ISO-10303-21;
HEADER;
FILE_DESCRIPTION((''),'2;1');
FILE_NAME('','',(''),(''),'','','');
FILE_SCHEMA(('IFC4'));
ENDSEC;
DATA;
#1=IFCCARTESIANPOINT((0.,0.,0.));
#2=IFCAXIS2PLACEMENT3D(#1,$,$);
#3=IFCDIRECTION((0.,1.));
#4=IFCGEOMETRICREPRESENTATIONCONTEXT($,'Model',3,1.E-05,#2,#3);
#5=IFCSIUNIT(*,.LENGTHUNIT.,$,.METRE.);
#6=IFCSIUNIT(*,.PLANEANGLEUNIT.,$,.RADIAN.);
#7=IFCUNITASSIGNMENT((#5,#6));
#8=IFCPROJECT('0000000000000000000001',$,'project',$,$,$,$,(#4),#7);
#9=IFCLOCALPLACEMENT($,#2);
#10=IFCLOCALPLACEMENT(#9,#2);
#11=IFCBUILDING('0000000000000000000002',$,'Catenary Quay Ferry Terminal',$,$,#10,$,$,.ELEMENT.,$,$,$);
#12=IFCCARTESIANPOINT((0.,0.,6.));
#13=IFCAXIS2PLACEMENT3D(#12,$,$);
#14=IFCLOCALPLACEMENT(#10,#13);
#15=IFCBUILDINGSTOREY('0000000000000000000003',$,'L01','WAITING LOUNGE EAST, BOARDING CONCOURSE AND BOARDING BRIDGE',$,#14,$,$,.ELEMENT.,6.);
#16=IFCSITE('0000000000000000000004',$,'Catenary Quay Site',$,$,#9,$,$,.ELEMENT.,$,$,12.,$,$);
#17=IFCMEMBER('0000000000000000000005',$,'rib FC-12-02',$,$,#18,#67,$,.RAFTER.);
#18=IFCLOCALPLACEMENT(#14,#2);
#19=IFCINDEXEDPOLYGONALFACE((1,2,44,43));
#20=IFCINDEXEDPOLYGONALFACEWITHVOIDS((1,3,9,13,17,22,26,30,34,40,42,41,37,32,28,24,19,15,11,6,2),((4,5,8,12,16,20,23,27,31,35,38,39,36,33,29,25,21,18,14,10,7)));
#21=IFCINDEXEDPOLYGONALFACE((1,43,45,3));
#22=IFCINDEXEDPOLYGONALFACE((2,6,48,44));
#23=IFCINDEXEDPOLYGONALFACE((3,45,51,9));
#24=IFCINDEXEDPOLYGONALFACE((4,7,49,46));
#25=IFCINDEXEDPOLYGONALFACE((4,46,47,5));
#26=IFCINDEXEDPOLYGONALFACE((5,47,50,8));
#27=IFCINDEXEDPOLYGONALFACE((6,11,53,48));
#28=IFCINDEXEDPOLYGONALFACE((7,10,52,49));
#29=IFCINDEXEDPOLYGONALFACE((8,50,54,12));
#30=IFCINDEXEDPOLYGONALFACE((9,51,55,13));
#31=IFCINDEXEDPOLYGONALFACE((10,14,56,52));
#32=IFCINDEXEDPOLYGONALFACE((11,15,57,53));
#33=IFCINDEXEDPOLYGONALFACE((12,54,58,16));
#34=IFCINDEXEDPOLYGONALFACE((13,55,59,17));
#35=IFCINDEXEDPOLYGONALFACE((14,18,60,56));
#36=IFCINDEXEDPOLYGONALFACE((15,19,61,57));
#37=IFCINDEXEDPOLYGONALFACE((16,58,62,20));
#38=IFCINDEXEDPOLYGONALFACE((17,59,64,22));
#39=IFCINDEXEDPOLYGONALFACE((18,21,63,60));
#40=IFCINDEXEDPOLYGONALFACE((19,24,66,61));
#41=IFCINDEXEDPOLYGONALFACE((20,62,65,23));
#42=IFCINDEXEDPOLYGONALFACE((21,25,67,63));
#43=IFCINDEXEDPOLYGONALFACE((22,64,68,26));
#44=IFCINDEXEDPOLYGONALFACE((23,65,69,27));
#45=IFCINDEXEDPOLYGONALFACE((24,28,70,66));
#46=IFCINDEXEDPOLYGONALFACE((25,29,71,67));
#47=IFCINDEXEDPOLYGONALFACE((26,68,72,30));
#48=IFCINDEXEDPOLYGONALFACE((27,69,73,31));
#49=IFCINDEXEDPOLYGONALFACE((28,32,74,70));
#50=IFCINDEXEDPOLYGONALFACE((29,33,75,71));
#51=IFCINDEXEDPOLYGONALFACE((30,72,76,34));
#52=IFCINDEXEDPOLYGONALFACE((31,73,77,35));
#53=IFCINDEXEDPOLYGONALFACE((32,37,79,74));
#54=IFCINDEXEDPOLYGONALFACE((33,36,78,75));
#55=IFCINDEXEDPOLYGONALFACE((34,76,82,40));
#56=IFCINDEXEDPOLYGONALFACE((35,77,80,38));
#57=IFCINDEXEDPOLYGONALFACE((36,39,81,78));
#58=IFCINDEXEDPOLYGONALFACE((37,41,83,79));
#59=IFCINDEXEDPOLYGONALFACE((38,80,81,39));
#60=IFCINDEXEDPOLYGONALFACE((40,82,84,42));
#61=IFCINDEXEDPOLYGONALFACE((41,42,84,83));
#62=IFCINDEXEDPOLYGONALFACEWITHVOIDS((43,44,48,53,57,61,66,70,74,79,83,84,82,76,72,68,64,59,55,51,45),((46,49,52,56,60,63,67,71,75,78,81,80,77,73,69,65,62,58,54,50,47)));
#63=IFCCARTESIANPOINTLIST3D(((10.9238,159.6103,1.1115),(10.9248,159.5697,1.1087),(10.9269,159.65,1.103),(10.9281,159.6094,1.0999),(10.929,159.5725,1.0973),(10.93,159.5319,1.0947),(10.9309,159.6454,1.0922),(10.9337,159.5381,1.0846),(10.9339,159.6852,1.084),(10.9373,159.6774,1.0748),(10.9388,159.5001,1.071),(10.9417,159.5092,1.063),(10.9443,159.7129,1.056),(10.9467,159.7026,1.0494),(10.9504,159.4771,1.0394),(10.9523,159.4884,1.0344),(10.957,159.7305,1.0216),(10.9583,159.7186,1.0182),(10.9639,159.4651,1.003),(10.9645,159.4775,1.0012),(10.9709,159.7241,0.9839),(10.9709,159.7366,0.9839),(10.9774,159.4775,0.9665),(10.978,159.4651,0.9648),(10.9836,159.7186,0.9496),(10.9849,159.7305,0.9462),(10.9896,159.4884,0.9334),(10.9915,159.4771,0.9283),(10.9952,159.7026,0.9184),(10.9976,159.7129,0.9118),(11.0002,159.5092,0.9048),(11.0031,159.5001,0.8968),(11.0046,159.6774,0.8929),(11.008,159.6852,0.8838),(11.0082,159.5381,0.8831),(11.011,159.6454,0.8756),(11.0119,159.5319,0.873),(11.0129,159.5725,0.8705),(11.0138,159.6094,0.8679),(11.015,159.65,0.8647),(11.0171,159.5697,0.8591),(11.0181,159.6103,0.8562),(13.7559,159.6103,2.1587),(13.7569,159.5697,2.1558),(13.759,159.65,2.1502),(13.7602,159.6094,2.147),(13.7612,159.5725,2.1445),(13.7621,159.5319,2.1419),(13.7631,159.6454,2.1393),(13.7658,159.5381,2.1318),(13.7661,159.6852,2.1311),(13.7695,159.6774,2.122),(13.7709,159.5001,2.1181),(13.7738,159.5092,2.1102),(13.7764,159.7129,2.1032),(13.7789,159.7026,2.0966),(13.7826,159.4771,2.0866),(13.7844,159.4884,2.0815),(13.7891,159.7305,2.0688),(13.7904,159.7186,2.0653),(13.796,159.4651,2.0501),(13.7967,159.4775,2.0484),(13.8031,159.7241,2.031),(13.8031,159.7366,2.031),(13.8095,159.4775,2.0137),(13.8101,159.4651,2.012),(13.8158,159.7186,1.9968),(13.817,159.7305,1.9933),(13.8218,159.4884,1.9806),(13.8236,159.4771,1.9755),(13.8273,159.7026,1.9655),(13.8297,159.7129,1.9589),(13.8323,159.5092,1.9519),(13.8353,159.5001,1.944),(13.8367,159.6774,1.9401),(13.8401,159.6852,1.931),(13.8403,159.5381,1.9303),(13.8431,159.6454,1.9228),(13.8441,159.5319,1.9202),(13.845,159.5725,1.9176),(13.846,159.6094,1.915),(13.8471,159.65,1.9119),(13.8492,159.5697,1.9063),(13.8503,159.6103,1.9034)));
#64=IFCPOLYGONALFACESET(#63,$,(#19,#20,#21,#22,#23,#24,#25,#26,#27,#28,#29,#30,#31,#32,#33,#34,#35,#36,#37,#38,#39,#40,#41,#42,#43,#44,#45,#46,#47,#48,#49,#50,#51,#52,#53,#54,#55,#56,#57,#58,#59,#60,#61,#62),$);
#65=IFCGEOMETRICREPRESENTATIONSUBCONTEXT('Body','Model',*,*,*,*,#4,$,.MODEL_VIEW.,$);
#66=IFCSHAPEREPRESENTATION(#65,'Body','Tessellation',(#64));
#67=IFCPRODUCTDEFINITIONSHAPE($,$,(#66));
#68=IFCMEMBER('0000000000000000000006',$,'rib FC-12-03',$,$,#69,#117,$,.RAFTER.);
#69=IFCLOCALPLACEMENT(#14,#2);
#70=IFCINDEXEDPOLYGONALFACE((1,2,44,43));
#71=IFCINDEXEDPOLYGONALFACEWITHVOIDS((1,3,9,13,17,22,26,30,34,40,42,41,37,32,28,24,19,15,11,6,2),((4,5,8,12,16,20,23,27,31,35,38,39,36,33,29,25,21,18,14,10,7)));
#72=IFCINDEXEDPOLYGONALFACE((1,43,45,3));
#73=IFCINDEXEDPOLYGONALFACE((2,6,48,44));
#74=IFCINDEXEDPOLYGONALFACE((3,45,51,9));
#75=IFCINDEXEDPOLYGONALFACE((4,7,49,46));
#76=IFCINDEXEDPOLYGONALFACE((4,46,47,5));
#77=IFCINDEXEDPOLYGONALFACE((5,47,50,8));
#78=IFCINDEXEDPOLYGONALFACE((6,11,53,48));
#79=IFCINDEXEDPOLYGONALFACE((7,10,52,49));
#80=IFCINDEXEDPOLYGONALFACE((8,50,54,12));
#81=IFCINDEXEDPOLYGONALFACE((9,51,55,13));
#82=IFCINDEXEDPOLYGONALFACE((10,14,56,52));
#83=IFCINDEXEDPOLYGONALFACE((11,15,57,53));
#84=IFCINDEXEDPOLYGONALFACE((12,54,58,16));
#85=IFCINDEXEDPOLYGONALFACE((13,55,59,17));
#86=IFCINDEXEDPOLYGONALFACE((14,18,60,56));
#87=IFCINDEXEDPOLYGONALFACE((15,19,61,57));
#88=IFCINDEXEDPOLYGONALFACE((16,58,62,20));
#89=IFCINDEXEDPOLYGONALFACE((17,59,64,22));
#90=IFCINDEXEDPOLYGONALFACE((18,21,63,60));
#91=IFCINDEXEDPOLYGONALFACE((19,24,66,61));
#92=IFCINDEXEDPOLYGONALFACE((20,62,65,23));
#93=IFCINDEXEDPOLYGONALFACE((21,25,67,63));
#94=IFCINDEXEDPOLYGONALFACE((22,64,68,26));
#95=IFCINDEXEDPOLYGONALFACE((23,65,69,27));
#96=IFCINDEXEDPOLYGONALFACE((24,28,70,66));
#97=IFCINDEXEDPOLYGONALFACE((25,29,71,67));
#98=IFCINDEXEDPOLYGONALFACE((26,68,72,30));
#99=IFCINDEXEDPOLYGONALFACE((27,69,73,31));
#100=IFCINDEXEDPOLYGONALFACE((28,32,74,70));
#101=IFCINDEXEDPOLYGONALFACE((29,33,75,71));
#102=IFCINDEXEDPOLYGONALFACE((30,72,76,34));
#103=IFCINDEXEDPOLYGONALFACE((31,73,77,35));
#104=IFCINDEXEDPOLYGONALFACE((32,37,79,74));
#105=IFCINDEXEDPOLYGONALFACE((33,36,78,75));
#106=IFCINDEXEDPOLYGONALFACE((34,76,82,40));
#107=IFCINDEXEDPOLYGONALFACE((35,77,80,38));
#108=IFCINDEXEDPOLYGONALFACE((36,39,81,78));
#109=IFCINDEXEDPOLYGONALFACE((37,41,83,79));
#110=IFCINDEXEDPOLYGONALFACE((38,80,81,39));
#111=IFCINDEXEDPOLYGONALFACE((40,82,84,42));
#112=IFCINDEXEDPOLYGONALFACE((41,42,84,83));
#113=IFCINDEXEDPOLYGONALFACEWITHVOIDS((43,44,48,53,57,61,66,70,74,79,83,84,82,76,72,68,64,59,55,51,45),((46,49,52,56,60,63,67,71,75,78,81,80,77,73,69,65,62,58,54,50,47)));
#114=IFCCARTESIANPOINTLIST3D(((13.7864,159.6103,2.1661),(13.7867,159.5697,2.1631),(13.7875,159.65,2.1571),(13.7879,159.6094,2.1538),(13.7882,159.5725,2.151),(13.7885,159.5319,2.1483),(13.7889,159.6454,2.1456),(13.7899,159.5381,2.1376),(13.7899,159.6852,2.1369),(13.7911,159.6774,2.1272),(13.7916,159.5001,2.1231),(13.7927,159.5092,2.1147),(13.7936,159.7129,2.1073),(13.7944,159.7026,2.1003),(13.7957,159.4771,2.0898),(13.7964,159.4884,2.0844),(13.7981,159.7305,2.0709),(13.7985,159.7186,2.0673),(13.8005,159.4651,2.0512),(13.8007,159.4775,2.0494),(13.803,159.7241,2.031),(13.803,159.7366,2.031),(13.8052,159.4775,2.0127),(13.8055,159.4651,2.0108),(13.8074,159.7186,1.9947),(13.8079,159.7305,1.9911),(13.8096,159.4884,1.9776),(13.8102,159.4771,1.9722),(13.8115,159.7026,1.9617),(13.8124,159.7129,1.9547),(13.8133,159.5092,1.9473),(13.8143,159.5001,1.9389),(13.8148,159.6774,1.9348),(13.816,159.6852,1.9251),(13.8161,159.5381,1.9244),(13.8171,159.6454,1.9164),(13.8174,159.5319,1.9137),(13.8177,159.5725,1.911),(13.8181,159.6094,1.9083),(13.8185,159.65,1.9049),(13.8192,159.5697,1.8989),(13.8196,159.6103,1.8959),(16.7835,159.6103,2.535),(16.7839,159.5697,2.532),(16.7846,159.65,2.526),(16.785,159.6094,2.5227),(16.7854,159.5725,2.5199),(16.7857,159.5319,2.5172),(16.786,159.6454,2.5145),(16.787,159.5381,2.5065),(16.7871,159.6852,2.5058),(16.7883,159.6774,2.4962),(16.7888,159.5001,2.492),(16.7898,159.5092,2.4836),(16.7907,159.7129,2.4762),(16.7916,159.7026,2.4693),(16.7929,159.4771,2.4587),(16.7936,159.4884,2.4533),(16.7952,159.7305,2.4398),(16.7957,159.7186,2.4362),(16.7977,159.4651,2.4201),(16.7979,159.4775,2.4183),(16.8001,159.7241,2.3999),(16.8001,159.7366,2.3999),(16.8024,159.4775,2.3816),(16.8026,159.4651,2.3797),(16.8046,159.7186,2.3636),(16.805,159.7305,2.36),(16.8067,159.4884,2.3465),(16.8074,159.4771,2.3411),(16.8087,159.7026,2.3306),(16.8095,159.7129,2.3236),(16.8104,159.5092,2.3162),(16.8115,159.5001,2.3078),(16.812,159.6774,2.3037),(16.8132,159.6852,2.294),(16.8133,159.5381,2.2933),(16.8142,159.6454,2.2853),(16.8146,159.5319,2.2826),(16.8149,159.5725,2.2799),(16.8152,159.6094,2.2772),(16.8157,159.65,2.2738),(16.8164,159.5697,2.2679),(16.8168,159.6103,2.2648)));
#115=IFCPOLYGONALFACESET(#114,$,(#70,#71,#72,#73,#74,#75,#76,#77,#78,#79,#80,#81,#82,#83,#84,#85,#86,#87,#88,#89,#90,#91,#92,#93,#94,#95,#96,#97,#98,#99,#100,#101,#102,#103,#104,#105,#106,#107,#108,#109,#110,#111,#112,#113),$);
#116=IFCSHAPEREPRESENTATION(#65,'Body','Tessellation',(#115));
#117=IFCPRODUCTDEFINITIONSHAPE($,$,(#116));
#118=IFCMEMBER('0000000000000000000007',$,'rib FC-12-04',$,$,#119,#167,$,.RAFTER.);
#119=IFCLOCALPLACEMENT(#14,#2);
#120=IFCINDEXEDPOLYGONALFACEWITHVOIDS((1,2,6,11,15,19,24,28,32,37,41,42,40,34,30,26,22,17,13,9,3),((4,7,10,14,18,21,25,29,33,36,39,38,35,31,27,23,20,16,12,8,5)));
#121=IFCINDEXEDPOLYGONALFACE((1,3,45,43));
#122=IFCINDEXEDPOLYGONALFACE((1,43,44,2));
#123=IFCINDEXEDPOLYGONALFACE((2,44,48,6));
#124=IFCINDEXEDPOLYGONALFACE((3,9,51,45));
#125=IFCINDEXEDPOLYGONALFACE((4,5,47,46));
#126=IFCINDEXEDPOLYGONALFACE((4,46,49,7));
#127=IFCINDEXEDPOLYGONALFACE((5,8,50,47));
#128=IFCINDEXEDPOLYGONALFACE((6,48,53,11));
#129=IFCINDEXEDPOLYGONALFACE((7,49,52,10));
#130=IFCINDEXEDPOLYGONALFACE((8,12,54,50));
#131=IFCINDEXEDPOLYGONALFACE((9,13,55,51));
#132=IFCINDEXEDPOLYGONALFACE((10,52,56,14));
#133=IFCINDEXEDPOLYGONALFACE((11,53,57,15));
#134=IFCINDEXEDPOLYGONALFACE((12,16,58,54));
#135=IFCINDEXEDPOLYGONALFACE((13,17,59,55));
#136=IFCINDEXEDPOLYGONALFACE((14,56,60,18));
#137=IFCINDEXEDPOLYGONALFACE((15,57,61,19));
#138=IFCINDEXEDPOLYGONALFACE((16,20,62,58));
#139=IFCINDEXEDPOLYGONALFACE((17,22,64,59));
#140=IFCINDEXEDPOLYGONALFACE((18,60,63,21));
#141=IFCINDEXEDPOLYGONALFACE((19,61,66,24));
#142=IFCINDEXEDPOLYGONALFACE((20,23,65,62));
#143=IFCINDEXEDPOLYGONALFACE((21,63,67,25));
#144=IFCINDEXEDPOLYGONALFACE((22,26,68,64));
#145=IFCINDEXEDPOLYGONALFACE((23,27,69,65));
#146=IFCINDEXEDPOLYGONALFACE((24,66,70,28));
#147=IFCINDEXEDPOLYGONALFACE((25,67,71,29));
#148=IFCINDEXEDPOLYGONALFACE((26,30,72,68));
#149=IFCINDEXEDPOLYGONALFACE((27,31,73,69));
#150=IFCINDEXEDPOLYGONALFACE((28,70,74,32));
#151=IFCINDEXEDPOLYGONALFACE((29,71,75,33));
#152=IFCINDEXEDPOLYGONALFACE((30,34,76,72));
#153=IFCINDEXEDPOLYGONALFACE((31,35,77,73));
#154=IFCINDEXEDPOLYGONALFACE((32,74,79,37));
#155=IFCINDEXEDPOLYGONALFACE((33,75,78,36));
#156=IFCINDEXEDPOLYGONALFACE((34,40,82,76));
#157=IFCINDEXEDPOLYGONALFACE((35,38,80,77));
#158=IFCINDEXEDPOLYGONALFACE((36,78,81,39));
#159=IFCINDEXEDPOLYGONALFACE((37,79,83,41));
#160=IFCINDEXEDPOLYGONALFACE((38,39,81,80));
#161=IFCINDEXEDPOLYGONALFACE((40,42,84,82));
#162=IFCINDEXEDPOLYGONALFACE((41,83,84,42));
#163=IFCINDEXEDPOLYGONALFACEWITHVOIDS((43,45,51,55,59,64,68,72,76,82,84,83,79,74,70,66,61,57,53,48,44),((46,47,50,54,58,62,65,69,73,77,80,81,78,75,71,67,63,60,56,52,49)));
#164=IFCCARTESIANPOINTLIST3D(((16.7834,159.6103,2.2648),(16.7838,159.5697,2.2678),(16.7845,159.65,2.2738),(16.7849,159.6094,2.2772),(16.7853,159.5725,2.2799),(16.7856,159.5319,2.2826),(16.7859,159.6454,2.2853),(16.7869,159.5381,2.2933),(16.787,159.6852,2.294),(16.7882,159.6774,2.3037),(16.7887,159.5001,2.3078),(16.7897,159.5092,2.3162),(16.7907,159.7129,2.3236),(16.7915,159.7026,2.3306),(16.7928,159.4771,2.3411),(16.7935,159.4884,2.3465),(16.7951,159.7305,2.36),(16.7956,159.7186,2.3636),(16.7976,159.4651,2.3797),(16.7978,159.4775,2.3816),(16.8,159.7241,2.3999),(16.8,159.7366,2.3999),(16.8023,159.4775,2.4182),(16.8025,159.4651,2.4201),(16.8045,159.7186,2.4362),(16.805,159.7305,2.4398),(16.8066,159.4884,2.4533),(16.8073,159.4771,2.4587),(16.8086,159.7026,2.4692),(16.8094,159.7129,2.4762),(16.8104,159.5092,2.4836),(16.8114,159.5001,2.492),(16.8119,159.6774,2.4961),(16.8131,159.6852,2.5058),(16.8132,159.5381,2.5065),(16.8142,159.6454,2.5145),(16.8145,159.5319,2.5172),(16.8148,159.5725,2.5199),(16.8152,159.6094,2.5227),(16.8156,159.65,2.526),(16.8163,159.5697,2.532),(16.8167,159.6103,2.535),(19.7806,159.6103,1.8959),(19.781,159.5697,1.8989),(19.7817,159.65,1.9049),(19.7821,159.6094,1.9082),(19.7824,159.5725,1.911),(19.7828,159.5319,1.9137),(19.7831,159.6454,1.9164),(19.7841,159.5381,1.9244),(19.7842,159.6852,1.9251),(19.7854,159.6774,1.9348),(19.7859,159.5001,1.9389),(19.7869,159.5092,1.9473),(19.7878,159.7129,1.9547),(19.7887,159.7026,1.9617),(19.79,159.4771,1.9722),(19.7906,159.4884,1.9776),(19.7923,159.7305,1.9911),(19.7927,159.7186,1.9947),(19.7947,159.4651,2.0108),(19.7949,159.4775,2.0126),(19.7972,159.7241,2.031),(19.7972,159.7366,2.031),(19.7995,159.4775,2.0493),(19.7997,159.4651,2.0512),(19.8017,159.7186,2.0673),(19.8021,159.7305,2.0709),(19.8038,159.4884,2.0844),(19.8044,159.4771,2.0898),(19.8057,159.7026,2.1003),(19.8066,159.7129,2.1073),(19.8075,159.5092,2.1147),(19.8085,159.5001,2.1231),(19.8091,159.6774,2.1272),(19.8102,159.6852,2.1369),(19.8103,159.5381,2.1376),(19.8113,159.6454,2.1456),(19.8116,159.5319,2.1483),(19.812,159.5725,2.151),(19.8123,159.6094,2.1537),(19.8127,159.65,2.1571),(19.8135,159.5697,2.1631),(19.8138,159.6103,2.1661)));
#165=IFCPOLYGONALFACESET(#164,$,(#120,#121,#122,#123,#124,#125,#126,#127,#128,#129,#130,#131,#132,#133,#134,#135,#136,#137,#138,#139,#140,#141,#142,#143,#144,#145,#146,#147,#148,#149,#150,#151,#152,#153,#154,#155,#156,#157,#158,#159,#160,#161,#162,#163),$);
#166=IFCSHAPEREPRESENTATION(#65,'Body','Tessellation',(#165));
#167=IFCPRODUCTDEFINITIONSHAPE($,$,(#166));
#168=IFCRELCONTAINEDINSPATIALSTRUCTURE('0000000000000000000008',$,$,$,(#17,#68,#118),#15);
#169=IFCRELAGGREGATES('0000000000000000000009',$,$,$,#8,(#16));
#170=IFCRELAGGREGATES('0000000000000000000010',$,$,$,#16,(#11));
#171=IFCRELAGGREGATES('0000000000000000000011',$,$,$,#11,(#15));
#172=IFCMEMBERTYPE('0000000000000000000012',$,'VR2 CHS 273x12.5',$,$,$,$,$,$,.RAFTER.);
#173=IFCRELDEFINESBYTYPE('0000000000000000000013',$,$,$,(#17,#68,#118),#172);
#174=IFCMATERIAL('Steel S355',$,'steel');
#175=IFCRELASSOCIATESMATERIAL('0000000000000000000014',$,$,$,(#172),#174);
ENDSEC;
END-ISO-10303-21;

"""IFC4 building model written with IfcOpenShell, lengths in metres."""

from ifc_helpers import new_model, si_unit, direction, frame, origin, origin_2d, place, context, subcontext, project, spatial, hollow_circle, extrude, material, material_profile, profile_set, type_object, element, save


model = new_model("IFC4")

# Units and contexts
model_context = context("Model", 3, precision=1e-05, world=origin(), true_north=direction((0.0, 1.0)))
body_context = subcontext(model_context, "Body", "Model", "MODEL_VIEW")
ifc_project = project(units=[si_unit("LENGTHUNIT", "METRE"), si_unit("PLANEANGLEUNIT", "RADIAN")], contexts=[model_context])

# Site, building, storey
site_placement = place(None, origin())
site = spatial("IfcSite", under=ifc_project, at=site_placement, Name="Catenary Quay Site", CompositionType="ELEMENT", RefElevation=12.0)
building_placement = place(site_placement, origin())
building = spatial("IfcBuilding", under=site, at=building_placement, Name="Catenary Quay Ferry Terminal", CompositionType="ELEMENT")
storey_placement = place(building_placement, frame((0.0, 0.0, 6.0)))
storey = spatial("IfcBuildingStorey", under=building, at=storey_placement, Name="L01", Description="WAITING LOUNGE EAST, BOARDING CONCOURSE AND BOARDING BRIDGE", CompositionType="ELEMENT", Elevation=6.0)

# Members
ifc_material_1 = material(Name="Steel S355", Category="steel")
ifc_material_profile_1 = material_profile(ifc_material_1, hollow_circle(Radius=0.1365, WallThickness=0.0125, at=origin_2d()), Name="CHS 273x12.5")
ifc_profile_set_1 = profile_set([ifc_material_profile_1], Name="Steel S355")
member_type_1 = type_object("IfcMemberType", Name="VR2 CHS 273x12.5", PredefinedType="RAFTER", material=ifc_profile_set_1)
member_1_placement = place(storey_placement, frame((10.9709, 159.6001, 0.9839), z_axis=(0.937941, 0.0, 0.346796), x_axis=(0.0, 1.0, 0.0)))
element("IfcMember", 1, at=member_1_placement, inside=storey, type_object=member_type_1, Name="rib FC-12-02", PredefinedType="RAFTER", context=body_context, shape_type="SweptSolid", body=[
    extrude(hollow_circle(Radius=0.1365, WallThickness=0.0125, at=origin_2d()), origin(), (0.0, 0.0, 1.0), 3.0195),
])
for number, where, z_axis, x_axis, name in (
    (2, (13.803, 159.6001, 2.031), (0.99251, 0.0, 0.122164), (0.0, 1.0, 0.0), "rib FC-12-03"),
    (3, (16.8, 159.6001, 2.3999), (0.99251, 0.0, -0.122164), (0.0, 1.0, 0.0), "rib FC-12-04"),
):
    element("IfcMember", number, at=place(storey_placement, frame(where, z_axis=z_axis, x_axis=x_axis)), inside=storey, type_object=member_type_1, Name=name, PredefinedType="RAFTER", context=body_context, shape_type="SweptSolid", body=[
        extrude(hollow_circle(Radius=0.1365, WallThickness=0.0125, at=origin_2d()), origin(), (0.0, 0.0, 1.0), 3.0198),
    ])

save(model, "model.ifc")
